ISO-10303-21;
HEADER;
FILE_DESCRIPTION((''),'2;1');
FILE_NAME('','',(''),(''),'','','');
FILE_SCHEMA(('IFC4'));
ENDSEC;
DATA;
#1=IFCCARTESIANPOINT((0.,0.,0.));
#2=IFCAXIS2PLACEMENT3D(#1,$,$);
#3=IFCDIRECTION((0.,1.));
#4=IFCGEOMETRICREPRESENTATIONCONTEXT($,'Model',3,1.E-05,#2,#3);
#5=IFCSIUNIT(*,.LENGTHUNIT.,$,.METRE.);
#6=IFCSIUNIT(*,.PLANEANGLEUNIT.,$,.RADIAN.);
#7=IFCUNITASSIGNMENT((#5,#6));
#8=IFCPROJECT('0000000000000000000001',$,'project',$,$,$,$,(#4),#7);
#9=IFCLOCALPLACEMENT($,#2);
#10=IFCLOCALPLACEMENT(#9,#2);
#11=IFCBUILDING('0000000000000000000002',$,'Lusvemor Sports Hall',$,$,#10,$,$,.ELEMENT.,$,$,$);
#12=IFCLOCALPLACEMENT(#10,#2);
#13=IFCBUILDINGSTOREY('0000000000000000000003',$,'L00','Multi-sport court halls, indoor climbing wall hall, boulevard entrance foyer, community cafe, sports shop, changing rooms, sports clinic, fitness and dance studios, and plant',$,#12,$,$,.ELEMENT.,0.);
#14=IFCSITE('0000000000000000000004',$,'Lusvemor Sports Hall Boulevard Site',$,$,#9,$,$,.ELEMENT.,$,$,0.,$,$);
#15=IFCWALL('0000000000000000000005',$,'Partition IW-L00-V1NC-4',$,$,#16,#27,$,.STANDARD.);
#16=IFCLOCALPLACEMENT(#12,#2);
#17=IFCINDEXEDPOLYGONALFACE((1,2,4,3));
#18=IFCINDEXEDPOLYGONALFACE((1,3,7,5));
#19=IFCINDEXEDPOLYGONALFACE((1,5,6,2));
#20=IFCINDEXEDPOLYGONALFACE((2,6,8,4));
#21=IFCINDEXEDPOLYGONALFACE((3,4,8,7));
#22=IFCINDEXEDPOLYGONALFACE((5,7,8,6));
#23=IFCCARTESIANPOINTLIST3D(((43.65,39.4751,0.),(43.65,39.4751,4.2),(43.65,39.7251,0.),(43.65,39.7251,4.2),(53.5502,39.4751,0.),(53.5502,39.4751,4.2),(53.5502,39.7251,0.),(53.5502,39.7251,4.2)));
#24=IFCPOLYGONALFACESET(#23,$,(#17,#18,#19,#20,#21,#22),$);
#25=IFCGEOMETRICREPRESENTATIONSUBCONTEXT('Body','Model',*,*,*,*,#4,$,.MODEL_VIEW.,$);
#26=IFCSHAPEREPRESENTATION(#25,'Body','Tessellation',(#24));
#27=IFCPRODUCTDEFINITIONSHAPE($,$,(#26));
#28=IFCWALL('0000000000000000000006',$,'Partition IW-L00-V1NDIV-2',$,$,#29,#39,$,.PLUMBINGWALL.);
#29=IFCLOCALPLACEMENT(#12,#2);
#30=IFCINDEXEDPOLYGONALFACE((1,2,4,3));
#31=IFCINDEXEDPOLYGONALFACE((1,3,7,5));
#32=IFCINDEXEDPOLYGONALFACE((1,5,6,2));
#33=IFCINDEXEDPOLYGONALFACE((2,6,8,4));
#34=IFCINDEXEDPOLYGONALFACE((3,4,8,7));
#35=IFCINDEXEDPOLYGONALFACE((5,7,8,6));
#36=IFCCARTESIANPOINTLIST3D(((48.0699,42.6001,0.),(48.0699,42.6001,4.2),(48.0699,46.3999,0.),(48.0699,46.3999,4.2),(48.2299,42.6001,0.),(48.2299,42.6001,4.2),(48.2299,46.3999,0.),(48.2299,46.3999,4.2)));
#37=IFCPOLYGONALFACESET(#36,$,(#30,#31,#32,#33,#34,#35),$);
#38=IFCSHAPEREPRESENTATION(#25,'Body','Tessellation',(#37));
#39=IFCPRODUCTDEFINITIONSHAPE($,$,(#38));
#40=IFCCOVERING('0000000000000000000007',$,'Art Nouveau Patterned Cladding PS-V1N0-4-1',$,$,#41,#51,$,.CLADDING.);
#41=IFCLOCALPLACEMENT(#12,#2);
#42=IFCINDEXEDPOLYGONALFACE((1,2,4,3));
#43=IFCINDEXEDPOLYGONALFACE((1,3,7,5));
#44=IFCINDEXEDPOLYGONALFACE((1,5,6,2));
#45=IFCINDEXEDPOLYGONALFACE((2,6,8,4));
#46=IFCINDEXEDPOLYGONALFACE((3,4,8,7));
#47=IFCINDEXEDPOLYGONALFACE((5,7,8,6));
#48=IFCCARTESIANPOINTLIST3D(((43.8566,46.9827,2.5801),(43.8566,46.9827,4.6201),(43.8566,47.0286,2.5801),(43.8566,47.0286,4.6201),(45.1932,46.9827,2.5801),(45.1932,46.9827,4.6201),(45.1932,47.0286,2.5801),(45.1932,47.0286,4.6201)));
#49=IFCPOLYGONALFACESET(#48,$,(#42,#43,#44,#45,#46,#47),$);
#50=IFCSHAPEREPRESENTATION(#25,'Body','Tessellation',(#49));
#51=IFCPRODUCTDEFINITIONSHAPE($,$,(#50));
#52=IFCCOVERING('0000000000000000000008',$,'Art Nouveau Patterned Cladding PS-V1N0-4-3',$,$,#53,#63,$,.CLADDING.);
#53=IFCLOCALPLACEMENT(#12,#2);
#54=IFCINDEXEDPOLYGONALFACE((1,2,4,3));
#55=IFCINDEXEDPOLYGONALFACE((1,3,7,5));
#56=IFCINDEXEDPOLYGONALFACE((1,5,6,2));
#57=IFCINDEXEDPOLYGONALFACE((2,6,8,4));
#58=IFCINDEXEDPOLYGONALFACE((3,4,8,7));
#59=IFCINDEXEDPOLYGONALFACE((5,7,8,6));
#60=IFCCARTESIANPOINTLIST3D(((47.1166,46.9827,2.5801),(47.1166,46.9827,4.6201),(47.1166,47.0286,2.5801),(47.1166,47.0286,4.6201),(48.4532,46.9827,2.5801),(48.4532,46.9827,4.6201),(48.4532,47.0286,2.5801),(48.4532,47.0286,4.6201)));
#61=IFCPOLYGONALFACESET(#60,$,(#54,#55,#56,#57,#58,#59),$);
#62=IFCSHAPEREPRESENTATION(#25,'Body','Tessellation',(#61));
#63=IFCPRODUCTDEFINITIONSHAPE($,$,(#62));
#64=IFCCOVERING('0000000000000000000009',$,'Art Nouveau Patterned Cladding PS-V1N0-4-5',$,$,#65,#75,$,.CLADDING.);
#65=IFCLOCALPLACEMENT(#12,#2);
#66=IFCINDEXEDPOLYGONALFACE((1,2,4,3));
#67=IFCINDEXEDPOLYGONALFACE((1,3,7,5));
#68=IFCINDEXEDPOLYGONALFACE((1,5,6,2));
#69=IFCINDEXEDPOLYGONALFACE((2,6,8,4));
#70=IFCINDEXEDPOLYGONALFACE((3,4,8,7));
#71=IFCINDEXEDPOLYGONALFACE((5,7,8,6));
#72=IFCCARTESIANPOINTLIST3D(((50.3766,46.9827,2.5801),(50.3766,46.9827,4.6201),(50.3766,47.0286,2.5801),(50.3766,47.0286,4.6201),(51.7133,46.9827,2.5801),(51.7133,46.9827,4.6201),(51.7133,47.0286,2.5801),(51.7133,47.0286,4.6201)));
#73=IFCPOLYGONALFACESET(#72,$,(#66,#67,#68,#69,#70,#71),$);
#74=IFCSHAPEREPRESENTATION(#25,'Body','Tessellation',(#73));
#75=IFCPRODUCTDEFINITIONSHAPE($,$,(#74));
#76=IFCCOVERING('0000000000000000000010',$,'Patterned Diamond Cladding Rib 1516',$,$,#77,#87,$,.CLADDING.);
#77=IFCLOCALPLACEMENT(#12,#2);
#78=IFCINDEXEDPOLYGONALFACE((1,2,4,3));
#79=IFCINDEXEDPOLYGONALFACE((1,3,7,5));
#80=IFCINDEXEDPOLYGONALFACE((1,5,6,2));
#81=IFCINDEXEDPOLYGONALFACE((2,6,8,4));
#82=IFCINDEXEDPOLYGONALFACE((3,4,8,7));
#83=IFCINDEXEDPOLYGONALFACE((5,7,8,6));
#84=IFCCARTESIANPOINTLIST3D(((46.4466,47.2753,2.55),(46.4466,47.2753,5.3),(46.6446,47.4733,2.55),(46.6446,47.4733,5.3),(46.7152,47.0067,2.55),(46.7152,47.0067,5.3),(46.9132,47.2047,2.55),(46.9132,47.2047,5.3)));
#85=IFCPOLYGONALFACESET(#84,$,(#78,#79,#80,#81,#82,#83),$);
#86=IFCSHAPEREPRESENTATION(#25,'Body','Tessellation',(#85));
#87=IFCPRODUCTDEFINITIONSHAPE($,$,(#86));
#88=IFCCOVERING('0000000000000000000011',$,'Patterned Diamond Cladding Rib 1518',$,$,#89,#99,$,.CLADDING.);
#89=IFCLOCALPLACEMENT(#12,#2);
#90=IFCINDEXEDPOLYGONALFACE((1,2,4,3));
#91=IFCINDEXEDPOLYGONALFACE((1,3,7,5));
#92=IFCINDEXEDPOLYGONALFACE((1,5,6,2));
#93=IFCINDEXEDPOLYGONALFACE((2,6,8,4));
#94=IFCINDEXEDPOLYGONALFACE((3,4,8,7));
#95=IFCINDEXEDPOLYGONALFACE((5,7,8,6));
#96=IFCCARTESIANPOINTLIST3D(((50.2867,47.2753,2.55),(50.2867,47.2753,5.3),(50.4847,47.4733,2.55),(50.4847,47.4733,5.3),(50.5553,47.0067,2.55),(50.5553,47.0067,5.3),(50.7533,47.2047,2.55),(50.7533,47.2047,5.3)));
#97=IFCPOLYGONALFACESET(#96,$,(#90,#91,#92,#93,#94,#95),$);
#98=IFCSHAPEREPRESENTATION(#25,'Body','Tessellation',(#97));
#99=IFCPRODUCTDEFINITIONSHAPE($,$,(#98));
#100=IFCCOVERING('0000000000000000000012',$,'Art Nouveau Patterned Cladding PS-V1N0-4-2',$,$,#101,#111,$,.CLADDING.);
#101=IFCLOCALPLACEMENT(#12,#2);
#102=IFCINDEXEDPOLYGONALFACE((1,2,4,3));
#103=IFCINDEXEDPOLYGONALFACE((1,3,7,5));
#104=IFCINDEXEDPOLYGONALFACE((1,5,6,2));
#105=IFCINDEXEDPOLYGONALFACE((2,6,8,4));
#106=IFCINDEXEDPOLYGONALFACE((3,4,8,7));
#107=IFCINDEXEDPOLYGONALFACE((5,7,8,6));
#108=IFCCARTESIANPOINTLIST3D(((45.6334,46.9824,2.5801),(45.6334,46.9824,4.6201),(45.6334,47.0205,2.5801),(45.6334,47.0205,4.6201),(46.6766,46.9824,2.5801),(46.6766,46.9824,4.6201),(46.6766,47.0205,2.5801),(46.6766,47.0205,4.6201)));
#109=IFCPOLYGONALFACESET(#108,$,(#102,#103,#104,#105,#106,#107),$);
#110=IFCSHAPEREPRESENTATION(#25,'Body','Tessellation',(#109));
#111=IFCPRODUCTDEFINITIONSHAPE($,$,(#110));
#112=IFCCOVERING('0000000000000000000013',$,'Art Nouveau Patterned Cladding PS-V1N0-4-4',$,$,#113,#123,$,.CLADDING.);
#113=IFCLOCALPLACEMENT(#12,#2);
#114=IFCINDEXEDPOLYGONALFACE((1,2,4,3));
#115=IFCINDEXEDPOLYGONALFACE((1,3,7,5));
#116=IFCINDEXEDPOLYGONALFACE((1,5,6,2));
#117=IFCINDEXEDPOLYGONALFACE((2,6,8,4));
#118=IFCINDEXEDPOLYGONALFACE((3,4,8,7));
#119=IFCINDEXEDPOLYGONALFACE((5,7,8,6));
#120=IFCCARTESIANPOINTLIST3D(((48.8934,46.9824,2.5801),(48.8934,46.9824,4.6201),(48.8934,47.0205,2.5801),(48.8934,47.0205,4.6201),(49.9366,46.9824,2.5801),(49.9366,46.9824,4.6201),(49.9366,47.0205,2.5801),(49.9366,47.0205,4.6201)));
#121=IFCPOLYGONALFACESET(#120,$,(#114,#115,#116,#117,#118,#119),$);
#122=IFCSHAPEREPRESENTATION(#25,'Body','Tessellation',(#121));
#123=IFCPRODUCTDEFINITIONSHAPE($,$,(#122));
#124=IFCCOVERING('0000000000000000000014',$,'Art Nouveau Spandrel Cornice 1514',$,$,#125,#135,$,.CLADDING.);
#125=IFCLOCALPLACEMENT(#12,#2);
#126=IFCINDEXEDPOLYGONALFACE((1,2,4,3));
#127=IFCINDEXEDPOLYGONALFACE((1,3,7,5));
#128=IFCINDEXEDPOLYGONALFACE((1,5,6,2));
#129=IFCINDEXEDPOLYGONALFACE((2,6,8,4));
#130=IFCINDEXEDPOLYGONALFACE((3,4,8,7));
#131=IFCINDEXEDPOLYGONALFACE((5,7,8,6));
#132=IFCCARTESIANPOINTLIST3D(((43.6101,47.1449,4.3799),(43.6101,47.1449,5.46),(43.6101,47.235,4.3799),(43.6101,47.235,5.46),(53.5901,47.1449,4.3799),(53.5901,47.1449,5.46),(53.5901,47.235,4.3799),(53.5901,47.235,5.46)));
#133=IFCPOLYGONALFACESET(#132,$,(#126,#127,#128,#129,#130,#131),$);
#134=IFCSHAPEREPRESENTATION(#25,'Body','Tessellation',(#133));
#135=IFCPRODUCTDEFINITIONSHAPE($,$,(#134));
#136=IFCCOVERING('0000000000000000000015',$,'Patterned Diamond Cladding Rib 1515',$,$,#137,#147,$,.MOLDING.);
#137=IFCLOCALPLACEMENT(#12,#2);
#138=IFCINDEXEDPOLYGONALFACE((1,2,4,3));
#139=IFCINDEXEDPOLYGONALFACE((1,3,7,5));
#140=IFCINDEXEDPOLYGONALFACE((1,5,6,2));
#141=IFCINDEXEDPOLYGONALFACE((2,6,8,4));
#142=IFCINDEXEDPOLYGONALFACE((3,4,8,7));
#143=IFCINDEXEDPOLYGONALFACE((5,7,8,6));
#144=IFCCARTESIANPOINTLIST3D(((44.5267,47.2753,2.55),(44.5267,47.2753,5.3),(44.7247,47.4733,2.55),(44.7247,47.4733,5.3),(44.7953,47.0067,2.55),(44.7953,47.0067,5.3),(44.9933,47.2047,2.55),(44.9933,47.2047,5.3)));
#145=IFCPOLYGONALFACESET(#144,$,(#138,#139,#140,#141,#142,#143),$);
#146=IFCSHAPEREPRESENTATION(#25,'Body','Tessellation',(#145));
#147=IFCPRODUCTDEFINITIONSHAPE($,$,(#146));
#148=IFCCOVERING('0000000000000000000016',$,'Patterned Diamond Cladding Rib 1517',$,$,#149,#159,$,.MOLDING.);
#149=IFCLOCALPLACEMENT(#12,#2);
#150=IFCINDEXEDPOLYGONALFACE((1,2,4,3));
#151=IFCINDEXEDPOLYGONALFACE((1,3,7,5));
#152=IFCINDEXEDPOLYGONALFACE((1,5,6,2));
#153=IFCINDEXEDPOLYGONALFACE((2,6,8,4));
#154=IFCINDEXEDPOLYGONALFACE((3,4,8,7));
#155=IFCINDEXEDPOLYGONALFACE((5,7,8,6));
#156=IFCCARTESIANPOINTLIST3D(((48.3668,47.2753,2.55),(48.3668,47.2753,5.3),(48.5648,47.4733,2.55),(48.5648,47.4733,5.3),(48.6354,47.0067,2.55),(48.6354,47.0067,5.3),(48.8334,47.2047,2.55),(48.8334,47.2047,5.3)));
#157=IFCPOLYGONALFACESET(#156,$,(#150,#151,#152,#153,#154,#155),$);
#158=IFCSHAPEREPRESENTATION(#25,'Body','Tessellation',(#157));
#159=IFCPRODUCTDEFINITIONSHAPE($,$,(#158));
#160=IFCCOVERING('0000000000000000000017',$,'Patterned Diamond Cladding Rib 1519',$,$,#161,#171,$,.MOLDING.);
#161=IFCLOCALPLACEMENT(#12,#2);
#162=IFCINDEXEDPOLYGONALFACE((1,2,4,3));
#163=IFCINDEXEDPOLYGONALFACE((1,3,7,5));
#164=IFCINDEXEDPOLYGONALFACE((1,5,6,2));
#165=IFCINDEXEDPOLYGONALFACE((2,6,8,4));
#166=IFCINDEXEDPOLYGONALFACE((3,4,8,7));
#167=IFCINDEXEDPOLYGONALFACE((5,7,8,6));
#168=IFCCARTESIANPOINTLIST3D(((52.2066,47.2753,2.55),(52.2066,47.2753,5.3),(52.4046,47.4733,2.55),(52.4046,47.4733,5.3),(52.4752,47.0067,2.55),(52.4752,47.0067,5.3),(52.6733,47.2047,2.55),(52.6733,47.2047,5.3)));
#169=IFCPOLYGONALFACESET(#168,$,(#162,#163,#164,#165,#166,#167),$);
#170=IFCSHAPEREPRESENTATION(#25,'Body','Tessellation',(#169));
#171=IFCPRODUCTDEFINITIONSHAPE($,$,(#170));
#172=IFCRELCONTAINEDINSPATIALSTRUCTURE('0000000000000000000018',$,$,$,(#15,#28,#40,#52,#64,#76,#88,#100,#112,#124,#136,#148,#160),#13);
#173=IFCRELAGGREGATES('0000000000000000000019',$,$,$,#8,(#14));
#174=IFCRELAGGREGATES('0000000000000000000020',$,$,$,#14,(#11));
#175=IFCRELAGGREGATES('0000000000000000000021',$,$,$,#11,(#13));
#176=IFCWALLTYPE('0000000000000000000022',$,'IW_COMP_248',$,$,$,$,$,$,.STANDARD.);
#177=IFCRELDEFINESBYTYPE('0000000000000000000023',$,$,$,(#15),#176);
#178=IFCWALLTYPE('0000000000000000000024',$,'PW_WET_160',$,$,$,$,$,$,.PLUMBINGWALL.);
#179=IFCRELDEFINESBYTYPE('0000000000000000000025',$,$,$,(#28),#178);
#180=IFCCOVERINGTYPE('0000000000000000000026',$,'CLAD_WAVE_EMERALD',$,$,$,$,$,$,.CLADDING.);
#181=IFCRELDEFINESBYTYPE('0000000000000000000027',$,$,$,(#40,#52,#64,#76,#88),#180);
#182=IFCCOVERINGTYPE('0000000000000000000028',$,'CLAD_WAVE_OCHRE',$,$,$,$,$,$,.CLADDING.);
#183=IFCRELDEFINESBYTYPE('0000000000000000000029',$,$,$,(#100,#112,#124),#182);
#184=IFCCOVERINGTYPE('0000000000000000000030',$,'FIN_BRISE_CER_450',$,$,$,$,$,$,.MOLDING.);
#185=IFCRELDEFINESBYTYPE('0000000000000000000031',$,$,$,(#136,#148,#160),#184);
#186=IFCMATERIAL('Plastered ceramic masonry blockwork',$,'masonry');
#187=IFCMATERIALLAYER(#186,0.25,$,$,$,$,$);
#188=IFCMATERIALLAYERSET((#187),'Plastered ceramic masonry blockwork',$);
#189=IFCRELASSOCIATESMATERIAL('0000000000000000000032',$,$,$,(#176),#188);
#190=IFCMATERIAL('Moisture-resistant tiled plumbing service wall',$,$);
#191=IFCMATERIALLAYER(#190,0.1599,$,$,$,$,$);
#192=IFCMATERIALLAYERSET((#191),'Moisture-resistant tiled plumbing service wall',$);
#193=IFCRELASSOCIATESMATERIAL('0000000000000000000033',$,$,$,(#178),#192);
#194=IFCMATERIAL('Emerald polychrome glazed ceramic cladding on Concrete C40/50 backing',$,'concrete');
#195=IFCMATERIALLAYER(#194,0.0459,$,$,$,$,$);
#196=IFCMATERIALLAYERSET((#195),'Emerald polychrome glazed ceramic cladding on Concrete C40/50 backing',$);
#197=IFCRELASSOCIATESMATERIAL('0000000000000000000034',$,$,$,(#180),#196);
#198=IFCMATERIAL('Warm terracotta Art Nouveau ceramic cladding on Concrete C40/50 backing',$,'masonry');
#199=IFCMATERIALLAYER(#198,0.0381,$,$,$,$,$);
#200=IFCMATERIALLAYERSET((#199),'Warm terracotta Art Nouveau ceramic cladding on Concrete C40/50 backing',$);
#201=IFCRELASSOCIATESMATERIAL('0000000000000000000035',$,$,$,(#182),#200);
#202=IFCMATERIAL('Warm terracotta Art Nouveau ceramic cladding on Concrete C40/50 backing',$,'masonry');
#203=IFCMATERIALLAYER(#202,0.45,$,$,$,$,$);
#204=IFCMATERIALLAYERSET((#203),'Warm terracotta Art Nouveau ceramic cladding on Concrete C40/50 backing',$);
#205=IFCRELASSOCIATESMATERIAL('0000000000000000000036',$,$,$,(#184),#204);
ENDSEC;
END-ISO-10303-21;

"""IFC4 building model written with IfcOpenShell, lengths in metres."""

from ifc_helpers import new_model, si_unit, direction, frame, frame_2d, origin, origin_2d, place, context, subcontext, project, spatial, rectangle, extrude, material, layer, layer_set, type_object, element, save


model = new_model("IFC4")

# Units and contexts
model_context = context("Model", 3, precision=1e-05, world=origin(), true_north=direction((0.0, 1.0)))
body_context = subcontext(model_context, "Body", "Model", "MODEL_VIEW")
ifc_project = project(units=[si_unit("LENGTHUNIT", "METRE"), si_unit("PLANEANGLEUNIT", "RADIAN")], contexts=[model_context])

# Site, building, storey
site_placement = place(None, origin())
site = spatial("IfcSite", under=ifc_project, at=site_placement, Name="Lusvemor Sports Hall Boulevard Site", CompositionType="ELEMENT", RefElevation=0.0)
building_placement = place(site_placement, origin())
building = spatial("IfcBuilding", under=site, at=building_placement, Name="Lusvemor Sports Hall", CompositionType="ELEMENT")
storey_placement = place(building_placement, origin())
storey = spatial("IfcBuildingStorey", under=building, at=storey_placement, Name="L00", Description="Multi-sport court halls, indoor climbing wall hall, boulevard entrance foyer, community cafe, sports shop, changing rooms, sports clinic, fitness and dance studios, and plant", CompositionType="ELEMENT", Elevation=0.0)

# Walls
ifc_material_1 = material(Name="Plastered ceramic masonry blockwork", Category="masonry")
ifc_layer_1 = layer(ifc_material_1, 0.25)
ifc_layer_set_1 = layer_set([ifc_layer_1], Name="Plastered ceramic masonry blockwork")
wall_type_1 = type_object("IfcWallType", Name="IW_COMP_248", PredefinedType="STANDARD", material=ifc_layer_set_1)
wall_1_placement = place(storey_placement, frame((43.6499, 39.6001, 0.0), z_axis=(0.0, 0.0, 1.0), x_axis=(1.0, 0.0, 0.0)))
element("IfcWall", 1, at=wall_1_placement, inside=storey, type_object=wall_type_1, Name="Partition IW-L00-V1NC-4", PredefinedType="STANDARD", context=body_context, shape_type="SweptSolid", body=[
    extrude(rectangle(XDim=9.9001, YDim=0.25, at=frame_2d((4.9502, 0.0))), origin(), (0.0, 0.0, 1.0), 4.2),
])
ifc_material_2 = material(Name="Moisture-resistant tiled plumbing service wall")
ifc_layer_2 = layer(ifc_material_2, 0.1599)
ifc_layer_set_2 = layer_set([ifc_layer_2], Name="Moisture-resistant tiled plumbing service wall")
wall_type_2 = type_object("IfcWallType", Name="PW_WET_160", PredefinedType="PLUMBINGWALL", material=ifc_layer_set_2)
wall_2_placement = place(storey_placement, frame((48.1499, 42.6001, 0.0), z_axis=(0.0, 0.0, 1.0), x_axis=(0.0, 1.0, 0.0)))
element("IfcWall", 2, at=wall_2_placement, inside=storey, type_object=wall_type_2, Name="Partition IW-L00-V1NDIV-2", PredefinedType="PLUMBINGWALL", context=body_context, shape_type="SweptSolid", body=[
    extrude(rectangle(XDim=3.7998, YDim=0.1599, at=frame_2d((1.8999, 0.0))), origin(), (0.0, 0.0, 1.0), 4.2),
])

# Coverings
ifc_material_3 = material(Name="Emerald polychrome glazed ceramic cladding on Concrete C40/50 backing", Category="concrete")
ifc_layer_3 = layer(ifc_material_3, 0.0459)
ifc_layer_set_3 = layer_set([ifc_layer_3], Name="Emerald polychrome glazed ceramic cladding on Concrete C40/50 backing")
covering_type_1 = type_object("IfcCoveringType", Name="CLAD_WAVE_EMERALD", PredefinedType="CLADDING", material=ifc_layer_set_3)
for number, where, z_axis, x_axis, name in (
    (3, (44.5249, 47.0056, 2.5801), (0.0, 0.0, 1.0), (1.0, 0.0, 0.0), "Art Nouveau Patterned Cladding PS-V1N0-4-1"),
    (4, (47.7849, 47.0056, 2.5801), (0.0, 0.0, 1.0), (1.0, 0.0, 0.0), "Art Nouveau Patterned Cladding PS-V1N0-4-3"),
    (5, (51.0449, 47.0056, 2.5801), (0.0, 0.0, 1.0), (1.0, 0.0, 0.0), "Art Nouveau Patterned Cladding PS-V1N0-4-5"),
):
    element("IfcCovering", number, at=place(storey_placement, frame(where, z_axis=z_axis, x_axis=x_axis)), inside=storey, type_object=covering_type_1, Name=name, PredefinedType="CLADDING", context=body_context, shape_type="SweptSolid", body=[
        extrude(rectangle(XDim=1.3367, YDim=0.0459, at=origin_2d()), origin(), (0.0, 0.0, 1.0), 2.04),
    ])
for number, where, z_axis, x_axis, name in (
    (6, (46.6799, 47.24, 2.55), (0.0, 0.0, 1.0), (0.707107, 0.707107, 0.0), "Patterned Diamond Cladding Rib 1516"),
    (7, (50.52, 47.24, 2.55), (0.0, 0.0, 1.0), (0.707107, 0.707107, 0.0), "Patterned Diamond Cladding Rib 1518"),
):
    element("IfcCovering", number, at=place(storey_placement, frame(where, z_axis=z_axis, x_axis=x_axis)), inside=storey, type_object=covering_type_1, Name=name, PredefinedType="CLADDING", context=body_context, shape_type="SweptSolid", body=[
        extrude(rectangle(XDim=0.28, YDim=0.3799, at=origin_2d()), origin(), (0.0, 0.0, 1.0), 2.75),
    ])
ifc_material_4 = material(Name="Warm terracotta Art Nouveau ceramic cladding on Concrete C40/50 backing", Category="masonry")
ifc_layer_4 = layer(ifc_material_4, 0.0381)
ifc_layer_set_4 = layer_set([ifc_layer_4], Name="Warm terracotta Art Nouveau ceramic cladding on Concrete C40/50 backing")
covering_type_2 = type_object("IfcCoveringType", Name="CLAD_WAVE_OCHRE", PredefinedType="CLADDING", material=ifc_layer_set_4)
for number, where, z_axis, x_axis, name in (
    (8, (46.155, 47.0015, 2.5801), (0.0, 0.0, 1.0), (1.0, 0.0, 0.0), "Art Nouveau Patterned Cladding PS-V1N0-4-2"),
    (9, (49.415, 47.0015, 2.5801), (0.0, 0.0, 1.0), (1.0, 0.0, 0.0), "Art Nouveau Patterned Cladding PS-V1N0-4-4"),
):
    element("IfcCovering", number, at=place(storey_placement, frame(where, z_axis=z_axis, x_axis=x_axis)), inside=storey, type_object=covering_type_2, Name=name, PredefinedType="CLADDING", context=body_context, shape_type="SweptSolid", body=[
        extrude(rectangle(XDim=1.0432, YDim=0.0381, at=origin_2d()), origin(), (0.0, 0.0, 1.0), 2.04),
    ])
covering_placement = place(storey_placement, frame((48.6001, 47.1899, 4.3799), z_axis=(0.0, 0.0, 1.0), x_axis=(1.0, 0.0, 0.0)))
element("IfcCovering", 10, at=covering_placement, inside=storey, type_object=covering_type_2, Name="Art Nouveau Spandrel Cornice 1514", PredefinedType="CLADDING", context=body_context, shape_type="SweptSolid", body=[
    extrude(rectangle(XDim=9.98, YDim=0.0901, at=origin_2d()), origin(), (0.0, 0.0, 1.0), 1.0801),
])
ifc_material_5 = material(Name="Warm terracotta Art Nouveau ceramic cladding on Concrete C40/50 backing", Category="masonry")
ifc_layer_5 = layer(ifc_material_5, 0.45)
ifc_layer_set_5 = layer_set([ifc_layer_5], Name="Warm terracotta Art Nouveau ceramic cladding on Concrete C40/50 backing")
covering_type_3 = type_object("IfcCoveringType", Name="FIN_BRISE_CER_450", PredefinedType="MOLDING", material=ifc_layer_set_5)
for number, where, z_axis, x_axis, name in (
    (11, (44.76, 47.24, 2.55), (0.0, 0.0, 1.0), (0.707107, 0.707107, 0.0), "Patterned Diamond Cladding Rib 1515"),
    (12, (48.6001, 47.24, 2.55), (0.0, 0.0, 1.0), (0.707107, 0.707107, 0.0), "Patterned Diamond Cladding Rib 1517"),
    (13, (52.4399, 47.24, 2.55), (0.0, 0.0, 1.0), (0.707107, 0.707107, 0.0), "Patterned Diamond Cladding Rib 1519"),
):
    element("IfcCovering", number, at=place(storey_placement, frame(where, z_axis=z_axis, x_axis=x_axis)), inside=storey, type_object=covering_type_3, Name=name, PredefinedType="MOLDING", context=body_context, shape_type="SweptSolid", body=[
        extrude(rectangle(XDim=0.28, YDim=0.3799, at=origin_2d()), origin(), (0.0, 0.0, 1.0), 2.75),
    ])

save(model, "model.ifc")
